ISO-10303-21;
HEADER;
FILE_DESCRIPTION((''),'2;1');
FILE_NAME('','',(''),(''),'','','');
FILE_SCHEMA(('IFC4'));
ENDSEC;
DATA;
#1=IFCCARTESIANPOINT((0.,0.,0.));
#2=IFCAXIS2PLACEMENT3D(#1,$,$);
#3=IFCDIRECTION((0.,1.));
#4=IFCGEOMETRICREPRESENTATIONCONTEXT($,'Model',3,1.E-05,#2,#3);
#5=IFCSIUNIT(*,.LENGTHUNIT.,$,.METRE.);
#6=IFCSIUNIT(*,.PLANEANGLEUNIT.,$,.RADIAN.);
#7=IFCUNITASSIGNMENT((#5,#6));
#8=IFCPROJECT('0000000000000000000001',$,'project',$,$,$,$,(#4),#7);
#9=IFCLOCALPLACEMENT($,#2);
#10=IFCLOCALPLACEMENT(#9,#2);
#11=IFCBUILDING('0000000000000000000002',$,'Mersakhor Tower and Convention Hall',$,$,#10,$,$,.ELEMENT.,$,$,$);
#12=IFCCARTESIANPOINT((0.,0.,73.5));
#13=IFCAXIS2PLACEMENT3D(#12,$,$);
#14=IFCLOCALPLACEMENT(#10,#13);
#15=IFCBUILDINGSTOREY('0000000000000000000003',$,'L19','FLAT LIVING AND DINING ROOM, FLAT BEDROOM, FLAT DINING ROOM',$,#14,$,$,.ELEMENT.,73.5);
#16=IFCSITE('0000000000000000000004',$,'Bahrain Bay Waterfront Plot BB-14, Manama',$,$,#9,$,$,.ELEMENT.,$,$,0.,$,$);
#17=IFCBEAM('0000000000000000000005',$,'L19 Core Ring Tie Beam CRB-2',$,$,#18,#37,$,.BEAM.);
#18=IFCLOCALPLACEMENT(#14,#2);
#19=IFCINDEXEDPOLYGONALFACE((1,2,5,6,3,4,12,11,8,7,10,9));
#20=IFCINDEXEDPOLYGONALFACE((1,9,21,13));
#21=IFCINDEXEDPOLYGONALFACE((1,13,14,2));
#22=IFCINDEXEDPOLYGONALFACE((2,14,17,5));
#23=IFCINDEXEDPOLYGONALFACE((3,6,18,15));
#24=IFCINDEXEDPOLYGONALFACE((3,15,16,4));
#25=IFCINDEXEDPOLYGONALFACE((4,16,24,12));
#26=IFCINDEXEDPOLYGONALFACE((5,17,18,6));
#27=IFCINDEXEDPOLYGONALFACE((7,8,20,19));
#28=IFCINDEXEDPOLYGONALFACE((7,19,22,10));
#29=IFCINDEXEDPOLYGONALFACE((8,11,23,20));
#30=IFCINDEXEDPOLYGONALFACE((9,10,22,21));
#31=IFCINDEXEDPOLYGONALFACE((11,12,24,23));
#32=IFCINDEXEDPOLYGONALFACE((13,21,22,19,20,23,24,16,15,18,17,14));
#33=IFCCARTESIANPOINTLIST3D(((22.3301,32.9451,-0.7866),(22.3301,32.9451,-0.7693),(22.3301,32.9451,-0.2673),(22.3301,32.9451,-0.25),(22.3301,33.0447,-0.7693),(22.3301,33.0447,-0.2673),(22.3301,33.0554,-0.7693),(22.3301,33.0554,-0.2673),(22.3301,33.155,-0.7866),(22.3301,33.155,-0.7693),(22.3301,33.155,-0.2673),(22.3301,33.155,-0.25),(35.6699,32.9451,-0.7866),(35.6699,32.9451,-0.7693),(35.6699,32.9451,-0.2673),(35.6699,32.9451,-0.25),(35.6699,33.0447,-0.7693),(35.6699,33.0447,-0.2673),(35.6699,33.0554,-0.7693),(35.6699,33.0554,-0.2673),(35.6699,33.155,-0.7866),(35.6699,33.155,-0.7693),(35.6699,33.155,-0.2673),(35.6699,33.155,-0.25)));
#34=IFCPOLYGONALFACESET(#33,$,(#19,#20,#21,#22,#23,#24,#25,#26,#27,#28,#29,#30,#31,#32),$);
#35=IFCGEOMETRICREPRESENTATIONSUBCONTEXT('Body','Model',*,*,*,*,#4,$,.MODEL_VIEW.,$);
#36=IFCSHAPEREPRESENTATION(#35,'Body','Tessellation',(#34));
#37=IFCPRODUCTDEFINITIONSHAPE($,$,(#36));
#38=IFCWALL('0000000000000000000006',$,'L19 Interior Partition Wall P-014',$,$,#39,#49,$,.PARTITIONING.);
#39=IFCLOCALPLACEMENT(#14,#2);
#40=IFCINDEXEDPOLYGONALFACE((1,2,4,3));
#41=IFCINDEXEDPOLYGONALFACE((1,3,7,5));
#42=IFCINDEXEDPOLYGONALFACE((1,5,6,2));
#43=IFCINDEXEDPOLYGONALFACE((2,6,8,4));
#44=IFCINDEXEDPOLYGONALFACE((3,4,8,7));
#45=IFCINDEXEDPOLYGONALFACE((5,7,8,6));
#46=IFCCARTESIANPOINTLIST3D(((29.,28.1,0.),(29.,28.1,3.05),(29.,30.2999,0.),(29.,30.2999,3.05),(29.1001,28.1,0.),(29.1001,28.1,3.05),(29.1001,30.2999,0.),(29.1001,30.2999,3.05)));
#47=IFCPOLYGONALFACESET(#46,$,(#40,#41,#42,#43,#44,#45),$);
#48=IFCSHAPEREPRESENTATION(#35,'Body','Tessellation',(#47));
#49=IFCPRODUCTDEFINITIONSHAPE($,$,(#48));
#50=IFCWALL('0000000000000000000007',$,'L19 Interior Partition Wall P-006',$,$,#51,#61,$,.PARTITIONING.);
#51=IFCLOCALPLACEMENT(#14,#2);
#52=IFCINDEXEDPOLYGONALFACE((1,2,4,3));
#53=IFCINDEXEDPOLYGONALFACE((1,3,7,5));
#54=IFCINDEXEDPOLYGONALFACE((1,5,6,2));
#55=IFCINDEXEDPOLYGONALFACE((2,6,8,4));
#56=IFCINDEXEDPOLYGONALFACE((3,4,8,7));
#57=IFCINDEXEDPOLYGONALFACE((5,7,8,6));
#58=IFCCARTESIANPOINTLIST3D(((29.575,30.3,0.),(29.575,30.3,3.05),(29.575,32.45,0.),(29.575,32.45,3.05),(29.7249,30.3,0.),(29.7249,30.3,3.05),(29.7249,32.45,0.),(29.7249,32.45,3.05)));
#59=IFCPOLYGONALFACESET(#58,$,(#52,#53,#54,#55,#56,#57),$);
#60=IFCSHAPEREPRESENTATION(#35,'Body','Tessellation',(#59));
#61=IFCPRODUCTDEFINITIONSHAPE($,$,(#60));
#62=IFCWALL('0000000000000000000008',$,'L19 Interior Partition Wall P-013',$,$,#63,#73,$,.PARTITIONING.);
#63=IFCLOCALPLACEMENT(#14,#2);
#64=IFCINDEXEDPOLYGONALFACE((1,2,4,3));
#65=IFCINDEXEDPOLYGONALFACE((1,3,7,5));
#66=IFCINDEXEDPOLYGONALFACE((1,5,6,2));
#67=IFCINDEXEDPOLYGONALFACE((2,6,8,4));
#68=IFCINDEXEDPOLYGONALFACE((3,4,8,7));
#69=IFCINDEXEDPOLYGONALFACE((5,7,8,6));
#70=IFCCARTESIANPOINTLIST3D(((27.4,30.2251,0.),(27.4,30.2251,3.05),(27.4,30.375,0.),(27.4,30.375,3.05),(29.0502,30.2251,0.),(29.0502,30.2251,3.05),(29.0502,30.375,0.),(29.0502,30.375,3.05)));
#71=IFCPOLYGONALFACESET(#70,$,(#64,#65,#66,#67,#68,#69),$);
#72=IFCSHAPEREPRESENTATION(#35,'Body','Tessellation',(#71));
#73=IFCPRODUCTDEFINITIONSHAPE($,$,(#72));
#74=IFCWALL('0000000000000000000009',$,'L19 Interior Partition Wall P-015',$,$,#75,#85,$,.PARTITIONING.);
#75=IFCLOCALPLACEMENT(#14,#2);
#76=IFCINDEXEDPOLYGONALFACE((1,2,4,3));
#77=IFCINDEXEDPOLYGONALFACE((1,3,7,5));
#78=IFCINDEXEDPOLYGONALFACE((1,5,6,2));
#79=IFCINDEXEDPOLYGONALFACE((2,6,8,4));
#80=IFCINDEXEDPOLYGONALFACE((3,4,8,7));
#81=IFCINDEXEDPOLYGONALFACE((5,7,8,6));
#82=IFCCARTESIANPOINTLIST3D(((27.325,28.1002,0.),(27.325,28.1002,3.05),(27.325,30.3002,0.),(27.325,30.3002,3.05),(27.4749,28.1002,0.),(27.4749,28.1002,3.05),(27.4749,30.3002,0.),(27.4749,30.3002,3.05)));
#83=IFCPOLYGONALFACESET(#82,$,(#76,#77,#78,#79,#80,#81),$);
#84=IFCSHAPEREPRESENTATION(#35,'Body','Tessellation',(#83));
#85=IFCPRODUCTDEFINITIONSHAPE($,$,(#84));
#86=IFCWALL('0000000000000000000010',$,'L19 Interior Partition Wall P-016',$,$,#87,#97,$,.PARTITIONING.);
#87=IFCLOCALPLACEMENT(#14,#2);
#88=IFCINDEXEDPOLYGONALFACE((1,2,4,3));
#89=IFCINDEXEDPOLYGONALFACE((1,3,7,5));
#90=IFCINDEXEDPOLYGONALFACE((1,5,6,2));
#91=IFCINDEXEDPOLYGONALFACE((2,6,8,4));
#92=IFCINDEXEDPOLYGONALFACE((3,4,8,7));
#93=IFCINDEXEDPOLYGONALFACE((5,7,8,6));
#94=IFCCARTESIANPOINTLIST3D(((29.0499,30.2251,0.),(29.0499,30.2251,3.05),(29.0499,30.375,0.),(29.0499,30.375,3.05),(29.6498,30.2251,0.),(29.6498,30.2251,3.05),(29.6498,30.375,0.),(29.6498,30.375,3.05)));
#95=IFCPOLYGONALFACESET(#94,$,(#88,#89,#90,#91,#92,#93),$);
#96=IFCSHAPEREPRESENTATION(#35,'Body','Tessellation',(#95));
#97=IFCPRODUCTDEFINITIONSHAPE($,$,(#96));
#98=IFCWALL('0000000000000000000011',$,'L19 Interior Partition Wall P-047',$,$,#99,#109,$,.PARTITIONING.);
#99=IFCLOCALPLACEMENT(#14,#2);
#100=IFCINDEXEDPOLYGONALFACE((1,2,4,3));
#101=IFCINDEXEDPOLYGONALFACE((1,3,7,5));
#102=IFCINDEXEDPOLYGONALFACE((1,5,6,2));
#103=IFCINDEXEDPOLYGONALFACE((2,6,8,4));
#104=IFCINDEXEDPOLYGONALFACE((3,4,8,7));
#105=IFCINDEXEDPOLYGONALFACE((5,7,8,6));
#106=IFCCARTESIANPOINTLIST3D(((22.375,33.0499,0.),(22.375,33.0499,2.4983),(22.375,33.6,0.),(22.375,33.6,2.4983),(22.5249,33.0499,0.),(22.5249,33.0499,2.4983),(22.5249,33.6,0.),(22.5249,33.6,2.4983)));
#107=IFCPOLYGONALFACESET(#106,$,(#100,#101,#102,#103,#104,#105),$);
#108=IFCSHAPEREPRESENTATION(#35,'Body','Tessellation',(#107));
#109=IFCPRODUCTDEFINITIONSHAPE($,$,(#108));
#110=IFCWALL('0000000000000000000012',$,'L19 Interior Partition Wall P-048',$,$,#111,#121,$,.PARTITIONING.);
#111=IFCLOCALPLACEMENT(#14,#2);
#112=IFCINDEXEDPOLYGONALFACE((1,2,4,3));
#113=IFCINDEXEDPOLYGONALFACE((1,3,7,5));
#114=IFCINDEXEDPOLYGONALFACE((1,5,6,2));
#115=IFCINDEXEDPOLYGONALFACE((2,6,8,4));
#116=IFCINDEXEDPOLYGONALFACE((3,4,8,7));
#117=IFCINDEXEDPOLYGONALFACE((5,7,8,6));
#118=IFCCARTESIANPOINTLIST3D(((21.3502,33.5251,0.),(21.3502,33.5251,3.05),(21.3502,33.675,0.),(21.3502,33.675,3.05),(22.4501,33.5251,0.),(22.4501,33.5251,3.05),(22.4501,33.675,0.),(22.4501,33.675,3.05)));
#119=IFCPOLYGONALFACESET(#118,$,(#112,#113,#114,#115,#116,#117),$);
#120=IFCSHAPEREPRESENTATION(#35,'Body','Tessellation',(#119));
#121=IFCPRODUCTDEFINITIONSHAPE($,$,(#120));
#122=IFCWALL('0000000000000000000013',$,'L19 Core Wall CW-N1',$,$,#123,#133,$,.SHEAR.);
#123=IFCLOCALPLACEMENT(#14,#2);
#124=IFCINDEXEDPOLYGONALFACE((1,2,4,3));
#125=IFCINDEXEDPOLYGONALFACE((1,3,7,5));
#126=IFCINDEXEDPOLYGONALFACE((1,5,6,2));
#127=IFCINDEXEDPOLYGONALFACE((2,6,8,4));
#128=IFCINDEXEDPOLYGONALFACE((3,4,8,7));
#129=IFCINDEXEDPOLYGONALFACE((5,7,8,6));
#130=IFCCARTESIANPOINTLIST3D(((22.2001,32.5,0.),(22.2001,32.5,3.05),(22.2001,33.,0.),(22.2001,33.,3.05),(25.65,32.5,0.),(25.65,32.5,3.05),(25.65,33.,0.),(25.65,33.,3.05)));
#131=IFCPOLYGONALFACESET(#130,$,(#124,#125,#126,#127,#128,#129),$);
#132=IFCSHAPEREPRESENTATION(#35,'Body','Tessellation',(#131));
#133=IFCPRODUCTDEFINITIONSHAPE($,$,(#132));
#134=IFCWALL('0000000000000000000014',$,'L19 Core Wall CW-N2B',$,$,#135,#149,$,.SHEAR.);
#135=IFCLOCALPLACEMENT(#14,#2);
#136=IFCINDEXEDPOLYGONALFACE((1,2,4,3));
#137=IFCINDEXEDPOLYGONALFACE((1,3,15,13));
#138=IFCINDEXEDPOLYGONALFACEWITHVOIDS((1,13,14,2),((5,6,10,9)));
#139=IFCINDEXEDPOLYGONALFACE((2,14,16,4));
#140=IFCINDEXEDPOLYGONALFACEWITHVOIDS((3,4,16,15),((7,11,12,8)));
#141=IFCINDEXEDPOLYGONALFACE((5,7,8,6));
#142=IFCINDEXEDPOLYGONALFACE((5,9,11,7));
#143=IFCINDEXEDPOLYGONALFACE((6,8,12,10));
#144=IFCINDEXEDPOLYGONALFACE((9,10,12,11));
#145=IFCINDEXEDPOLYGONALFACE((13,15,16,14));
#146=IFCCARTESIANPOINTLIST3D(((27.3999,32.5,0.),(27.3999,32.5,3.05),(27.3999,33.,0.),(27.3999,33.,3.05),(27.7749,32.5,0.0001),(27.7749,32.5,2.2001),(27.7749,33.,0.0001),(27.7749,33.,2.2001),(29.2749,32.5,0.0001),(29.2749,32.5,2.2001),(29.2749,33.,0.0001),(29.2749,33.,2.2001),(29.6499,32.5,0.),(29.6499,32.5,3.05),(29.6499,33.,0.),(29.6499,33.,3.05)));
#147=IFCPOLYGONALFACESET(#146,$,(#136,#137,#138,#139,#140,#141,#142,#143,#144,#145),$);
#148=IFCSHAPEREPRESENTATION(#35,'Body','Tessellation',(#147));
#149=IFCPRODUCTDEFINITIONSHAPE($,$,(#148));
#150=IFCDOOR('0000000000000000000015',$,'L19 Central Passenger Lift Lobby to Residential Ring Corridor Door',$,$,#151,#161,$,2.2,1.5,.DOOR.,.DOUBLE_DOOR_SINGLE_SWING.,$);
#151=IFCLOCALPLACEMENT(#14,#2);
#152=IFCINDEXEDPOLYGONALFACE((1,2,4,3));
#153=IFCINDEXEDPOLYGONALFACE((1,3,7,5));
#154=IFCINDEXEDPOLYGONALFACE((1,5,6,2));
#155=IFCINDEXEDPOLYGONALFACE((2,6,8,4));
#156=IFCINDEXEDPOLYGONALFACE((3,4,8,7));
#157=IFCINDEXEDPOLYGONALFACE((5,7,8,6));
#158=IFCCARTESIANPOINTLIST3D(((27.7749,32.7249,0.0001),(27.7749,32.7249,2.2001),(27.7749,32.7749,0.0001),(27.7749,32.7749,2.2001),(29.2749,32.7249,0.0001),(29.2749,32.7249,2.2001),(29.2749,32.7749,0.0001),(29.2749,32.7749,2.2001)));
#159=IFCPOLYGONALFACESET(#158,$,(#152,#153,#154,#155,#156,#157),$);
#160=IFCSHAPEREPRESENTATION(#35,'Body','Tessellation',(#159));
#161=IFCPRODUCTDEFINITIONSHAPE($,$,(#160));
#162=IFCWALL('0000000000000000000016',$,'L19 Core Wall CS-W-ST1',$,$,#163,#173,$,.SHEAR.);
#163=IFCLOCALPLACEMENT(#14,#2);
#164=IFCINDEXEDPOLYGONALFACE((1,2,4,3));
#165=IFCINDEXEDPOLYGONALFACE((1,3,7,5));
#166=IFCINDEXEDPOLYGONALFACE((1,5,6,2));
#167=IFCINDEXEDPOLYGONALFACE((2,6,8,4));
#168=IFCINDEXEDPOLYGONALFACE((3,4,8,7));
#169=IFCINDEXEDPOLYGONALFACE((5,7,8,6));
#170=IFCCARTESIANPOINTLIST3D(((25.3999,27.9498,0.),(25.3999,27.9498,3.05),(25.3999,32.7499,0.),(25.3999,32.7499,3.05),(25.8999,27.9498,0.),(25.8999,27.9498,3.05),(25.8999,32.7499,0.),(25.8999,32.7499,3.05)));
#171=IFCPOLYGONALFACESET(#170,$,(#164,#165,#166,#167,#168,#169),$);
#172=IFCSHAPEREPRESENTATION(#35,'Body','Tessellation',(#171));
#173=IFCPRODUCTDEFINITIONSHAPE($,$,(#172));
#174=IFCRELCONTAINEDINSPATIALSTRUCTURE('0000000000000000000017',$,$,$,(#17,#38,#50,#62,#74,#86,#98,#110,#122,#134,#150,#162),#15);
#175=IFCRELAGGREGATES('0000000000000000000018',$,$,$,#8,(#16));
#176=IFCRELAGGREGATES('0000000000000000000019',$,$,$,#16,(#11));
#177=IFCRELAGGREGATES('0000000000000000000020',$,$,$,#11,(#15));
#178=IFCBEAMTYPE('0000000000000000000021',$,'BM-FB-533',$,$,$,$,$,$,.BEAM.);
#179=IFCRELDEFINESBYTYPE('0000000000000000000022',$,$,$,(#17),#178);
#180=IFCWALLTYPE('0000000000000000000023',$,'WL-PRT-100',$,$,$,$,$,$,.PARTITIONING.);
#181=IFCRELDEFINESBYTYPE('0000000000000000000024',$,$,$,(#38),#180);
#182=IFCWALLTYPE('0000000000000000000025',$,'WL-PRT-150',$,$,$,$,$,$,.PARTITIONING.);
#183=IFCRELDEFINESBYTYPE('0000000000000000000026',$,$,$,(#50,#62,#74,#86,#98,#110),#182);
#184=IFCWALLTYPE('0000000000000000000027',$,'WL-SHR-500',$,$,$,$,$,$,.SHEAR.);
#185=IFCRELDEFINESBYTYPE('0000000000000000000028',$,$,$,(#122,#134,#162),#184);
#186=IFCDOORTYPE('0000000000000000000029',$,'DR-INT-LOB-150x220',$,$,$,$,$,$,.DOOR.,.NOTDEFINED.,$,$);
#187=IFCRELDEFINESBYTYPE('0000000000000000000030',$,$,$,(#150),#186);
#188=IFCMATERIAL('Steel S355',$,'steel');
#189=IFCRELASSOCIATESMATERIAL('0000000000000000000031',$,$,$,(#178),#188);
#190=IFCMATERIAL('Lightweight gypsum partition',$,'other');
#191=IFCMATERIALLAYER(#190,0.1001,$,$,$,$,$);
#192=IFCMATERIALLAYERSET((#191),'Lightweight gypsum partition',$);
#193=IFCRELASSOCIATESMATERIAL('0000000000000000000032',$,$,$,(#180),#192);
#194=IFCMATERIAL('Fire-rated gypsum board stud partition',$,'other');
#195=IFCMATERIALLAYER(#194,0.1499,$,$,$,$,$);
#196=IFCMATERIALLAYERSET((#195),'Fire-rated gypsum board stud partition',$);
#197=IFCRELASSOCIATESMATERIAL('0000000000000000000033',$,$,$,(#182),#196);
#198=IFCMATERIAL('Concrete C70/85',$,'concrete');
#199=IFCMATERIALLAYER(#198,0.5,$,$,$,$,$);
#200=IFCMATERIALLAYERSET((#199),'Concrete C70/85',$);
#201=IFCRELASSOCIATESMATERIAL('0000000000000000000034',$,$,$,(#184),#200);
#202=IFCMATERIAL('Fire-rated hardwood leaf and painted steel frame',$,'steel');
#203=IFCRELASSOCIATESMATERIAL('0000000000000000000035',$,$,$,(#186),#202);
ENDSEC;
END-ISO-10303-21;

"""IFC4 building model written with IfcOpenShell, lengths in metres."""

from ifc_helpers import new_model, si_unit, direction, frame, frame_2d, origin, origin_2d, place, context, subcontext, project, spatial, rectangle, i_section, extrude, material, layer, layer_set, material_profile, profile_set, type_object, element, fill, save


model = new_model("IFC4")

# Units and contexts
model_context = context("Model", 3, precision=1e-05, world=origin(), true_north=direction((0.0, 1.0)))
body_context = subcontext(model_context, "Body", "Model", "MODEL_VIEW")
ifc_project = project(units=[si_unit("LENGTHUNIT", "METRE"), si_unit("PLANEANGLEUNIT", "RADIAN")], contexts=[model_context])

# Site, building, storey
site_placement = place(None, origin())
site = spatial("IfcSite", under=ifc_project, at=site_placement, Name="Bahrain Bay Waterfront Plot BB-14, Manama", CompositionType="ELEMENT", RefElevation=0.0)
building_placement = place(site_placement, origin())
building = spatial("IfcBuilding", under=site, at=building_placement, Name="Mersakhor Tower and Convention Hall", CompositionType="ELEMENT")
storey_placement = place(building_placement, frame((0.0, 0.0, 73.5)))
storey = spatial("IfcBuildingStorey", under=building, at=storey_placement, Name="L19", Description="FLAT LIVING AND DINING ROOM, FLAT BEDROOM, FLAT DINING ROOM", CompositionType="ELEMENT", Elevation=73.5)

# Beam
ifc_material_1 = material(Name="Steel S355", Category="steel")
ifc_material_profile = material_profile(ifc_material_1, i_section(OverallWidth=0.21, OverallDepth=0.5366, WebThickness=0.0107, FlangeThickness=0.0173, at=origin_2d()), Name="UB 533x210x101")
ifc_profile_set = profile_set([ifc_material_profile], Name="Steel S355")
beam_type = type_object("IfcBeamType", Name="BM-FB-533", PredefinedType="BEAM", material=ifc_profile_set)
beam_placement = place(storey_placement, frame((22.3301, 33.05, -0.5183), z_axis=(1.0, 0.0, 0.0), x_axis=(0.0, 1.0, 0.0)))
element("IfcBeam", 1, at=beam_placement, inside=storey, type_object=beam_type, Name="L19 Core Ring Tie Beam CRB-2", PredefinedType="BEAM", context=body_context, shape_type="SweptSolid", body=[
    extrude(i_section(OverallWidth=0.21, OverallDepth=0.5366, WebThickness=0.0107, FlangeThickness=0.0173, at=origin_2d()), origin(), (0.0, 0.0, 1.0), 13.3398),
])

# Walls
ifc_material_2 = material(Name="Lightweight gypsum partition", Category="other")
ifc_layer_1 = layer(ifc_material_2, 0.1001)
ifc_layer_set_1 = layer_set([ifc_layer_1], Name="Lightweight gypsum partition")
wall_type_1 = type_object("IfcWallType", Name="WL-PRT-100", PredefinedType="PARTITIONING", material=ifc_layer_set_1)
wall_1_placement = place(storey_placement, frame((29.05, 30.3, 0.0), z_axis=(0.0, 0.0, 1.0), x_axis=(0.0, -1.0, 0.0)))
element("IfcWall", 2, at=wall_1_placement, inside=storey, type_object=wall_type_1, Name="L19 Interior Partition Wall P-014", PredefinedType="PARTITIONING", context=body_context, shape_type="SweptSolid", body=[
    extrude(rectangle(XDim=2.2, YDim=0.1001, at=frame_2d((1.1001, 0.0))), origin(), (0.0, 0.0, 1.0), 3.05),
])
ifc_material_3 = material(Name="Fire-rated gypsum board stud partition", Category="other")
ifc_layer_2 = layer(ifc_material_3, 0.1499)
ifc_layer_set_2 = layer_set([ifc_layer_2], Name="Fire-rated gypsum board stud partition")
wall_type_2 = type_object("IfcWallType", Name="WL-PRT-150", PredefinedType="PARTITIONING", material=ifc_layer_set_2)
wall_2_placement = place(storey_placement, frame((29.6499, 30.3, 0.0), z_axis=(0.0, 0.0, 1.0), x_axis=(0.0, 1.0, 0.0)))
element("IfcWall", 3, at=wall_2_placement, inside=storey, type_object=wall_type_2, Name="L19 Interior Partition Wall P-006", PredefinedType="PARTITIONING", context=body_context, shape_type="SweptSolid", body=[
    extrude(rectangle(XDim=2.1499, YDim=0.1499, at=frame_2d((1.075, 0.0))), origin(), (0.0, 0.0, 1.0), 3.05),
])
wall_3_placement = place(storey_placement, frame((27.3999, 30.3, 0.0), z_axis=(0.0, 0.0, 1.0), x_axis=(1.0, 0.0, 0.0)))
element("IfcWall", 4, at=wall_3_placement, inside=storey, type_object=wall_type_2, Name="L19 Interior Partition Wall P-013", PredefinedType="PARTITIONING", context=body_context, shape_type="SweptSolid", body=[
    extrude(rectangle(XDim=1.6501, YDim=0.1499, at=frame_2d((0.8252, 0.0))), origin(), (0.0, 0.0, 1.0), 3.05),
])
wall_4_placement = place(storey_placement, frame((27.3999, 28.1001, 0.0), z_axis=(0.0, 0.0, 1.0), x_axis=(0.0, 1.0, 0.0)))
element("IfcWall", 5, at=wall_4_placement, inside=storey, type_object=wall_type_2, Name="L19 Interior Partition Wall P-015", PredefinedType="PARTITIONING", context=body_context, shape_type="SweptSolid", body=[
    extrude(rectangle(XDim=2.2, YDim=0.1499, at=frame_2d((1.1001, 0.0))), origin(), (0.0, 0.0, 1.0), 3.05),
])
wall_5_placement = place(storey_placement, frame((29.05, 30.3, 0.0), z_axis=(0.0, 0.0, 1.0), x_axis=(1.0, 0.0, 0.0)))
element("IfcWall", 6, at=wall_5_placement, inside=storey, type_object=wall_type_2, Name="L19 Interior Partition Wall P-016", PredefinedType="PARTITIONING", context=body_context, shape_type="SweptSolid", body=[
    extrude(rectangle(XDim=0.5999, YDim=0.1499, at=frame_2d((0.2998, 0.0))), origin(), (0.0, 0.0, 1.0), 3.05),
])
wall_6_placement = place(storey_placement, frame((22.45, 33.05, 0.0), z_axis=(0.0, 0.0, 1.0), x_axis=(0.0, 1.0, 0.0)))
element("IfcWall", 7, at=wall_6_placement, inside=storey, type_object=wall_type_2, Name="L19 Interior Partition Wall P-047", PredefinedType="PARTITIONING", context=body_context, shape_type="SweptSolid", body=[
    extrude(rectangle(XDim=0.55, YDim=0.1499, at=frame_2d((0.2749, 0.0))), origin(), (0.0, 0.0, 1.0), 2.4983),
])
wall_7_placement = place(storey_placement, frame((22.45, 33.6001, 0.0), z_axis=(0.0, 0.0, 1.0), x_axis=(-1.0, 0.0, 0.0)))
element("IfcWall", 8, at=wall_7_placement, inside=storey, type_object=wall_type_2, Name="L19 Interior Partition Wall P-048", PredefinedType="PARTITIONING", context=body_context, shape_type="SweptSolid", body=[
    extrude(rectangle(XDim=1.0999, YDim=0.1499, at=frame_2d((0.5498, 0.0))), origin(), (0.0, 0.0, 1.0), 3.05),
])

# Wall
ifc_material_4 = material(Name="Concrete C70/85", Category="concrete")
ifc_layer_3 = layer(ifc_material_4, 0.5)
ifc_layer_set_3 = layer_set([ifc_layer_3], Name="Concrete C70/85")
wall_type_3 = type_object("IfcWallType", Name="WL-SHR-500", PredefinedType="SHEAR", material=ifc_layer_set_3)
wall_8_placement = place(storey_placement, frame((22.2, 32.75, 0.0), z_axis=(0.0, 0.0, 1.0), x_axis=(1.0, 0.0, 0.0)))
element("IfcWall", 9, at=wall_8_placement, inside=storey, type_object=wall_type_3, Name="L19 Core Wall CW-N1", PredefinedType="SHEAR", context=body_context, shape_type="SweptSolid", body=[
    extrude(rectangle(XDim=3.45, YDim=0.5, at=frame_2d((1.7251, 0.0))), origin(), (0.0, 0.0, 1.0), 3.05),
])

# Wall, opening, door
wall_9_placement = place(storey_placement, frame((27.3999, 32.75, 0.0), z_axis=(0.0, 0.0, 1.0), x_axis=(1.0, 0.0, 0.0)))
wall_9 = element("IfcWall", 10, at=wall_9_placement, inside=storey, type_object=wall_type_3, Name="L19 Core Wall CW-N2B", PredefinedType="SHEAR", context=body_context, shape_type="SweptSolid", body=[
    extrude(rectangle(XDim=2.25, YDim=0.5, at=frame_2d((1.125, 0.0))), origin(), (0.0, 0.0, 1.0), 3.05),
])
opening_1_placement = place(wall_9_placement, frame((0.375, 0.0, 0.0)))
opening_1 = element("IfcOpeningElement", 11, at=opening_1_placement, cuts=wall_9, PredefinedType="OPENING", context=body_context, shape_type="SweptSolid", body=[
    extrude(rectangle(XDim=1.5, YDim=2.2, at=frame_2d((0.75, 1.1001))), frame((0.0, 0.26, 0.0), z_axis=(0.0, -1.0, 0.0), x_axis=(1.0, 0.0, 0.0)), (0.0, 0.0, 1.0), 0.52),
])
ifc_material_5 = material(Name="Fire-rated hardwood leaf and painted steel frame", Category="steel")
door_type_1 = type_object("IfcDoorType", Name="DR-INT-LOB-150x220", OperationType="NOTDEFINED", PredefinedType="DOOR", material=ifc_material_5)
door_1_placement = place(opening_1_placement, origin())
door_1 = element("IfcDoor", 12, at=door_1_placement, inside=storey, type_object=door_type_1, Name="L19 Central Passenger Lift Lobby to Residential Ring Corridor Door", OperationType="DOUBLE_DOOR_SINGLE_SWING", OverallHeight=2.2, OverallWidth=1.5, PredefinedType="DOOR", context=body_context, shape_type="SweptSolid", body=[
    extrude(rectangle(XDim=1.5, YDim=2.2, at=frame_2d((0.75, 1.1001))), frame((0.0, 0.0249, 0.0), z_axis=(0.0, -1.0, 0.0), x_axis=(1.0, 0.0, 0.0)), (0.0, 0.0, 1.0), 0.05),
])
fill(opening_1, door_1)

# Wall
wall_10_placement = place(storey_placement, frame((25.6499, 27.95, 0.0), z_axis=(0.0, 0.0, 1.0), x_axis=(0.0, 1.0, 0.0)))
element("IfcWall", 13, at=wall_10_placement, inside=storey, type_object=wall_type_3, Name="L19 Core Wall CS-W-ST1", PredefinedType="SHEAR", context=body_context, shape_type="SweptSolid", body=[
    extrude(rectangle(XDim=4.8, YDim=0.5, at=frame_2d((2.3999, 0.0))), origin(), (0.0, 0.0, 1.0), 3.05),
])

save(model, "model.ifc")
